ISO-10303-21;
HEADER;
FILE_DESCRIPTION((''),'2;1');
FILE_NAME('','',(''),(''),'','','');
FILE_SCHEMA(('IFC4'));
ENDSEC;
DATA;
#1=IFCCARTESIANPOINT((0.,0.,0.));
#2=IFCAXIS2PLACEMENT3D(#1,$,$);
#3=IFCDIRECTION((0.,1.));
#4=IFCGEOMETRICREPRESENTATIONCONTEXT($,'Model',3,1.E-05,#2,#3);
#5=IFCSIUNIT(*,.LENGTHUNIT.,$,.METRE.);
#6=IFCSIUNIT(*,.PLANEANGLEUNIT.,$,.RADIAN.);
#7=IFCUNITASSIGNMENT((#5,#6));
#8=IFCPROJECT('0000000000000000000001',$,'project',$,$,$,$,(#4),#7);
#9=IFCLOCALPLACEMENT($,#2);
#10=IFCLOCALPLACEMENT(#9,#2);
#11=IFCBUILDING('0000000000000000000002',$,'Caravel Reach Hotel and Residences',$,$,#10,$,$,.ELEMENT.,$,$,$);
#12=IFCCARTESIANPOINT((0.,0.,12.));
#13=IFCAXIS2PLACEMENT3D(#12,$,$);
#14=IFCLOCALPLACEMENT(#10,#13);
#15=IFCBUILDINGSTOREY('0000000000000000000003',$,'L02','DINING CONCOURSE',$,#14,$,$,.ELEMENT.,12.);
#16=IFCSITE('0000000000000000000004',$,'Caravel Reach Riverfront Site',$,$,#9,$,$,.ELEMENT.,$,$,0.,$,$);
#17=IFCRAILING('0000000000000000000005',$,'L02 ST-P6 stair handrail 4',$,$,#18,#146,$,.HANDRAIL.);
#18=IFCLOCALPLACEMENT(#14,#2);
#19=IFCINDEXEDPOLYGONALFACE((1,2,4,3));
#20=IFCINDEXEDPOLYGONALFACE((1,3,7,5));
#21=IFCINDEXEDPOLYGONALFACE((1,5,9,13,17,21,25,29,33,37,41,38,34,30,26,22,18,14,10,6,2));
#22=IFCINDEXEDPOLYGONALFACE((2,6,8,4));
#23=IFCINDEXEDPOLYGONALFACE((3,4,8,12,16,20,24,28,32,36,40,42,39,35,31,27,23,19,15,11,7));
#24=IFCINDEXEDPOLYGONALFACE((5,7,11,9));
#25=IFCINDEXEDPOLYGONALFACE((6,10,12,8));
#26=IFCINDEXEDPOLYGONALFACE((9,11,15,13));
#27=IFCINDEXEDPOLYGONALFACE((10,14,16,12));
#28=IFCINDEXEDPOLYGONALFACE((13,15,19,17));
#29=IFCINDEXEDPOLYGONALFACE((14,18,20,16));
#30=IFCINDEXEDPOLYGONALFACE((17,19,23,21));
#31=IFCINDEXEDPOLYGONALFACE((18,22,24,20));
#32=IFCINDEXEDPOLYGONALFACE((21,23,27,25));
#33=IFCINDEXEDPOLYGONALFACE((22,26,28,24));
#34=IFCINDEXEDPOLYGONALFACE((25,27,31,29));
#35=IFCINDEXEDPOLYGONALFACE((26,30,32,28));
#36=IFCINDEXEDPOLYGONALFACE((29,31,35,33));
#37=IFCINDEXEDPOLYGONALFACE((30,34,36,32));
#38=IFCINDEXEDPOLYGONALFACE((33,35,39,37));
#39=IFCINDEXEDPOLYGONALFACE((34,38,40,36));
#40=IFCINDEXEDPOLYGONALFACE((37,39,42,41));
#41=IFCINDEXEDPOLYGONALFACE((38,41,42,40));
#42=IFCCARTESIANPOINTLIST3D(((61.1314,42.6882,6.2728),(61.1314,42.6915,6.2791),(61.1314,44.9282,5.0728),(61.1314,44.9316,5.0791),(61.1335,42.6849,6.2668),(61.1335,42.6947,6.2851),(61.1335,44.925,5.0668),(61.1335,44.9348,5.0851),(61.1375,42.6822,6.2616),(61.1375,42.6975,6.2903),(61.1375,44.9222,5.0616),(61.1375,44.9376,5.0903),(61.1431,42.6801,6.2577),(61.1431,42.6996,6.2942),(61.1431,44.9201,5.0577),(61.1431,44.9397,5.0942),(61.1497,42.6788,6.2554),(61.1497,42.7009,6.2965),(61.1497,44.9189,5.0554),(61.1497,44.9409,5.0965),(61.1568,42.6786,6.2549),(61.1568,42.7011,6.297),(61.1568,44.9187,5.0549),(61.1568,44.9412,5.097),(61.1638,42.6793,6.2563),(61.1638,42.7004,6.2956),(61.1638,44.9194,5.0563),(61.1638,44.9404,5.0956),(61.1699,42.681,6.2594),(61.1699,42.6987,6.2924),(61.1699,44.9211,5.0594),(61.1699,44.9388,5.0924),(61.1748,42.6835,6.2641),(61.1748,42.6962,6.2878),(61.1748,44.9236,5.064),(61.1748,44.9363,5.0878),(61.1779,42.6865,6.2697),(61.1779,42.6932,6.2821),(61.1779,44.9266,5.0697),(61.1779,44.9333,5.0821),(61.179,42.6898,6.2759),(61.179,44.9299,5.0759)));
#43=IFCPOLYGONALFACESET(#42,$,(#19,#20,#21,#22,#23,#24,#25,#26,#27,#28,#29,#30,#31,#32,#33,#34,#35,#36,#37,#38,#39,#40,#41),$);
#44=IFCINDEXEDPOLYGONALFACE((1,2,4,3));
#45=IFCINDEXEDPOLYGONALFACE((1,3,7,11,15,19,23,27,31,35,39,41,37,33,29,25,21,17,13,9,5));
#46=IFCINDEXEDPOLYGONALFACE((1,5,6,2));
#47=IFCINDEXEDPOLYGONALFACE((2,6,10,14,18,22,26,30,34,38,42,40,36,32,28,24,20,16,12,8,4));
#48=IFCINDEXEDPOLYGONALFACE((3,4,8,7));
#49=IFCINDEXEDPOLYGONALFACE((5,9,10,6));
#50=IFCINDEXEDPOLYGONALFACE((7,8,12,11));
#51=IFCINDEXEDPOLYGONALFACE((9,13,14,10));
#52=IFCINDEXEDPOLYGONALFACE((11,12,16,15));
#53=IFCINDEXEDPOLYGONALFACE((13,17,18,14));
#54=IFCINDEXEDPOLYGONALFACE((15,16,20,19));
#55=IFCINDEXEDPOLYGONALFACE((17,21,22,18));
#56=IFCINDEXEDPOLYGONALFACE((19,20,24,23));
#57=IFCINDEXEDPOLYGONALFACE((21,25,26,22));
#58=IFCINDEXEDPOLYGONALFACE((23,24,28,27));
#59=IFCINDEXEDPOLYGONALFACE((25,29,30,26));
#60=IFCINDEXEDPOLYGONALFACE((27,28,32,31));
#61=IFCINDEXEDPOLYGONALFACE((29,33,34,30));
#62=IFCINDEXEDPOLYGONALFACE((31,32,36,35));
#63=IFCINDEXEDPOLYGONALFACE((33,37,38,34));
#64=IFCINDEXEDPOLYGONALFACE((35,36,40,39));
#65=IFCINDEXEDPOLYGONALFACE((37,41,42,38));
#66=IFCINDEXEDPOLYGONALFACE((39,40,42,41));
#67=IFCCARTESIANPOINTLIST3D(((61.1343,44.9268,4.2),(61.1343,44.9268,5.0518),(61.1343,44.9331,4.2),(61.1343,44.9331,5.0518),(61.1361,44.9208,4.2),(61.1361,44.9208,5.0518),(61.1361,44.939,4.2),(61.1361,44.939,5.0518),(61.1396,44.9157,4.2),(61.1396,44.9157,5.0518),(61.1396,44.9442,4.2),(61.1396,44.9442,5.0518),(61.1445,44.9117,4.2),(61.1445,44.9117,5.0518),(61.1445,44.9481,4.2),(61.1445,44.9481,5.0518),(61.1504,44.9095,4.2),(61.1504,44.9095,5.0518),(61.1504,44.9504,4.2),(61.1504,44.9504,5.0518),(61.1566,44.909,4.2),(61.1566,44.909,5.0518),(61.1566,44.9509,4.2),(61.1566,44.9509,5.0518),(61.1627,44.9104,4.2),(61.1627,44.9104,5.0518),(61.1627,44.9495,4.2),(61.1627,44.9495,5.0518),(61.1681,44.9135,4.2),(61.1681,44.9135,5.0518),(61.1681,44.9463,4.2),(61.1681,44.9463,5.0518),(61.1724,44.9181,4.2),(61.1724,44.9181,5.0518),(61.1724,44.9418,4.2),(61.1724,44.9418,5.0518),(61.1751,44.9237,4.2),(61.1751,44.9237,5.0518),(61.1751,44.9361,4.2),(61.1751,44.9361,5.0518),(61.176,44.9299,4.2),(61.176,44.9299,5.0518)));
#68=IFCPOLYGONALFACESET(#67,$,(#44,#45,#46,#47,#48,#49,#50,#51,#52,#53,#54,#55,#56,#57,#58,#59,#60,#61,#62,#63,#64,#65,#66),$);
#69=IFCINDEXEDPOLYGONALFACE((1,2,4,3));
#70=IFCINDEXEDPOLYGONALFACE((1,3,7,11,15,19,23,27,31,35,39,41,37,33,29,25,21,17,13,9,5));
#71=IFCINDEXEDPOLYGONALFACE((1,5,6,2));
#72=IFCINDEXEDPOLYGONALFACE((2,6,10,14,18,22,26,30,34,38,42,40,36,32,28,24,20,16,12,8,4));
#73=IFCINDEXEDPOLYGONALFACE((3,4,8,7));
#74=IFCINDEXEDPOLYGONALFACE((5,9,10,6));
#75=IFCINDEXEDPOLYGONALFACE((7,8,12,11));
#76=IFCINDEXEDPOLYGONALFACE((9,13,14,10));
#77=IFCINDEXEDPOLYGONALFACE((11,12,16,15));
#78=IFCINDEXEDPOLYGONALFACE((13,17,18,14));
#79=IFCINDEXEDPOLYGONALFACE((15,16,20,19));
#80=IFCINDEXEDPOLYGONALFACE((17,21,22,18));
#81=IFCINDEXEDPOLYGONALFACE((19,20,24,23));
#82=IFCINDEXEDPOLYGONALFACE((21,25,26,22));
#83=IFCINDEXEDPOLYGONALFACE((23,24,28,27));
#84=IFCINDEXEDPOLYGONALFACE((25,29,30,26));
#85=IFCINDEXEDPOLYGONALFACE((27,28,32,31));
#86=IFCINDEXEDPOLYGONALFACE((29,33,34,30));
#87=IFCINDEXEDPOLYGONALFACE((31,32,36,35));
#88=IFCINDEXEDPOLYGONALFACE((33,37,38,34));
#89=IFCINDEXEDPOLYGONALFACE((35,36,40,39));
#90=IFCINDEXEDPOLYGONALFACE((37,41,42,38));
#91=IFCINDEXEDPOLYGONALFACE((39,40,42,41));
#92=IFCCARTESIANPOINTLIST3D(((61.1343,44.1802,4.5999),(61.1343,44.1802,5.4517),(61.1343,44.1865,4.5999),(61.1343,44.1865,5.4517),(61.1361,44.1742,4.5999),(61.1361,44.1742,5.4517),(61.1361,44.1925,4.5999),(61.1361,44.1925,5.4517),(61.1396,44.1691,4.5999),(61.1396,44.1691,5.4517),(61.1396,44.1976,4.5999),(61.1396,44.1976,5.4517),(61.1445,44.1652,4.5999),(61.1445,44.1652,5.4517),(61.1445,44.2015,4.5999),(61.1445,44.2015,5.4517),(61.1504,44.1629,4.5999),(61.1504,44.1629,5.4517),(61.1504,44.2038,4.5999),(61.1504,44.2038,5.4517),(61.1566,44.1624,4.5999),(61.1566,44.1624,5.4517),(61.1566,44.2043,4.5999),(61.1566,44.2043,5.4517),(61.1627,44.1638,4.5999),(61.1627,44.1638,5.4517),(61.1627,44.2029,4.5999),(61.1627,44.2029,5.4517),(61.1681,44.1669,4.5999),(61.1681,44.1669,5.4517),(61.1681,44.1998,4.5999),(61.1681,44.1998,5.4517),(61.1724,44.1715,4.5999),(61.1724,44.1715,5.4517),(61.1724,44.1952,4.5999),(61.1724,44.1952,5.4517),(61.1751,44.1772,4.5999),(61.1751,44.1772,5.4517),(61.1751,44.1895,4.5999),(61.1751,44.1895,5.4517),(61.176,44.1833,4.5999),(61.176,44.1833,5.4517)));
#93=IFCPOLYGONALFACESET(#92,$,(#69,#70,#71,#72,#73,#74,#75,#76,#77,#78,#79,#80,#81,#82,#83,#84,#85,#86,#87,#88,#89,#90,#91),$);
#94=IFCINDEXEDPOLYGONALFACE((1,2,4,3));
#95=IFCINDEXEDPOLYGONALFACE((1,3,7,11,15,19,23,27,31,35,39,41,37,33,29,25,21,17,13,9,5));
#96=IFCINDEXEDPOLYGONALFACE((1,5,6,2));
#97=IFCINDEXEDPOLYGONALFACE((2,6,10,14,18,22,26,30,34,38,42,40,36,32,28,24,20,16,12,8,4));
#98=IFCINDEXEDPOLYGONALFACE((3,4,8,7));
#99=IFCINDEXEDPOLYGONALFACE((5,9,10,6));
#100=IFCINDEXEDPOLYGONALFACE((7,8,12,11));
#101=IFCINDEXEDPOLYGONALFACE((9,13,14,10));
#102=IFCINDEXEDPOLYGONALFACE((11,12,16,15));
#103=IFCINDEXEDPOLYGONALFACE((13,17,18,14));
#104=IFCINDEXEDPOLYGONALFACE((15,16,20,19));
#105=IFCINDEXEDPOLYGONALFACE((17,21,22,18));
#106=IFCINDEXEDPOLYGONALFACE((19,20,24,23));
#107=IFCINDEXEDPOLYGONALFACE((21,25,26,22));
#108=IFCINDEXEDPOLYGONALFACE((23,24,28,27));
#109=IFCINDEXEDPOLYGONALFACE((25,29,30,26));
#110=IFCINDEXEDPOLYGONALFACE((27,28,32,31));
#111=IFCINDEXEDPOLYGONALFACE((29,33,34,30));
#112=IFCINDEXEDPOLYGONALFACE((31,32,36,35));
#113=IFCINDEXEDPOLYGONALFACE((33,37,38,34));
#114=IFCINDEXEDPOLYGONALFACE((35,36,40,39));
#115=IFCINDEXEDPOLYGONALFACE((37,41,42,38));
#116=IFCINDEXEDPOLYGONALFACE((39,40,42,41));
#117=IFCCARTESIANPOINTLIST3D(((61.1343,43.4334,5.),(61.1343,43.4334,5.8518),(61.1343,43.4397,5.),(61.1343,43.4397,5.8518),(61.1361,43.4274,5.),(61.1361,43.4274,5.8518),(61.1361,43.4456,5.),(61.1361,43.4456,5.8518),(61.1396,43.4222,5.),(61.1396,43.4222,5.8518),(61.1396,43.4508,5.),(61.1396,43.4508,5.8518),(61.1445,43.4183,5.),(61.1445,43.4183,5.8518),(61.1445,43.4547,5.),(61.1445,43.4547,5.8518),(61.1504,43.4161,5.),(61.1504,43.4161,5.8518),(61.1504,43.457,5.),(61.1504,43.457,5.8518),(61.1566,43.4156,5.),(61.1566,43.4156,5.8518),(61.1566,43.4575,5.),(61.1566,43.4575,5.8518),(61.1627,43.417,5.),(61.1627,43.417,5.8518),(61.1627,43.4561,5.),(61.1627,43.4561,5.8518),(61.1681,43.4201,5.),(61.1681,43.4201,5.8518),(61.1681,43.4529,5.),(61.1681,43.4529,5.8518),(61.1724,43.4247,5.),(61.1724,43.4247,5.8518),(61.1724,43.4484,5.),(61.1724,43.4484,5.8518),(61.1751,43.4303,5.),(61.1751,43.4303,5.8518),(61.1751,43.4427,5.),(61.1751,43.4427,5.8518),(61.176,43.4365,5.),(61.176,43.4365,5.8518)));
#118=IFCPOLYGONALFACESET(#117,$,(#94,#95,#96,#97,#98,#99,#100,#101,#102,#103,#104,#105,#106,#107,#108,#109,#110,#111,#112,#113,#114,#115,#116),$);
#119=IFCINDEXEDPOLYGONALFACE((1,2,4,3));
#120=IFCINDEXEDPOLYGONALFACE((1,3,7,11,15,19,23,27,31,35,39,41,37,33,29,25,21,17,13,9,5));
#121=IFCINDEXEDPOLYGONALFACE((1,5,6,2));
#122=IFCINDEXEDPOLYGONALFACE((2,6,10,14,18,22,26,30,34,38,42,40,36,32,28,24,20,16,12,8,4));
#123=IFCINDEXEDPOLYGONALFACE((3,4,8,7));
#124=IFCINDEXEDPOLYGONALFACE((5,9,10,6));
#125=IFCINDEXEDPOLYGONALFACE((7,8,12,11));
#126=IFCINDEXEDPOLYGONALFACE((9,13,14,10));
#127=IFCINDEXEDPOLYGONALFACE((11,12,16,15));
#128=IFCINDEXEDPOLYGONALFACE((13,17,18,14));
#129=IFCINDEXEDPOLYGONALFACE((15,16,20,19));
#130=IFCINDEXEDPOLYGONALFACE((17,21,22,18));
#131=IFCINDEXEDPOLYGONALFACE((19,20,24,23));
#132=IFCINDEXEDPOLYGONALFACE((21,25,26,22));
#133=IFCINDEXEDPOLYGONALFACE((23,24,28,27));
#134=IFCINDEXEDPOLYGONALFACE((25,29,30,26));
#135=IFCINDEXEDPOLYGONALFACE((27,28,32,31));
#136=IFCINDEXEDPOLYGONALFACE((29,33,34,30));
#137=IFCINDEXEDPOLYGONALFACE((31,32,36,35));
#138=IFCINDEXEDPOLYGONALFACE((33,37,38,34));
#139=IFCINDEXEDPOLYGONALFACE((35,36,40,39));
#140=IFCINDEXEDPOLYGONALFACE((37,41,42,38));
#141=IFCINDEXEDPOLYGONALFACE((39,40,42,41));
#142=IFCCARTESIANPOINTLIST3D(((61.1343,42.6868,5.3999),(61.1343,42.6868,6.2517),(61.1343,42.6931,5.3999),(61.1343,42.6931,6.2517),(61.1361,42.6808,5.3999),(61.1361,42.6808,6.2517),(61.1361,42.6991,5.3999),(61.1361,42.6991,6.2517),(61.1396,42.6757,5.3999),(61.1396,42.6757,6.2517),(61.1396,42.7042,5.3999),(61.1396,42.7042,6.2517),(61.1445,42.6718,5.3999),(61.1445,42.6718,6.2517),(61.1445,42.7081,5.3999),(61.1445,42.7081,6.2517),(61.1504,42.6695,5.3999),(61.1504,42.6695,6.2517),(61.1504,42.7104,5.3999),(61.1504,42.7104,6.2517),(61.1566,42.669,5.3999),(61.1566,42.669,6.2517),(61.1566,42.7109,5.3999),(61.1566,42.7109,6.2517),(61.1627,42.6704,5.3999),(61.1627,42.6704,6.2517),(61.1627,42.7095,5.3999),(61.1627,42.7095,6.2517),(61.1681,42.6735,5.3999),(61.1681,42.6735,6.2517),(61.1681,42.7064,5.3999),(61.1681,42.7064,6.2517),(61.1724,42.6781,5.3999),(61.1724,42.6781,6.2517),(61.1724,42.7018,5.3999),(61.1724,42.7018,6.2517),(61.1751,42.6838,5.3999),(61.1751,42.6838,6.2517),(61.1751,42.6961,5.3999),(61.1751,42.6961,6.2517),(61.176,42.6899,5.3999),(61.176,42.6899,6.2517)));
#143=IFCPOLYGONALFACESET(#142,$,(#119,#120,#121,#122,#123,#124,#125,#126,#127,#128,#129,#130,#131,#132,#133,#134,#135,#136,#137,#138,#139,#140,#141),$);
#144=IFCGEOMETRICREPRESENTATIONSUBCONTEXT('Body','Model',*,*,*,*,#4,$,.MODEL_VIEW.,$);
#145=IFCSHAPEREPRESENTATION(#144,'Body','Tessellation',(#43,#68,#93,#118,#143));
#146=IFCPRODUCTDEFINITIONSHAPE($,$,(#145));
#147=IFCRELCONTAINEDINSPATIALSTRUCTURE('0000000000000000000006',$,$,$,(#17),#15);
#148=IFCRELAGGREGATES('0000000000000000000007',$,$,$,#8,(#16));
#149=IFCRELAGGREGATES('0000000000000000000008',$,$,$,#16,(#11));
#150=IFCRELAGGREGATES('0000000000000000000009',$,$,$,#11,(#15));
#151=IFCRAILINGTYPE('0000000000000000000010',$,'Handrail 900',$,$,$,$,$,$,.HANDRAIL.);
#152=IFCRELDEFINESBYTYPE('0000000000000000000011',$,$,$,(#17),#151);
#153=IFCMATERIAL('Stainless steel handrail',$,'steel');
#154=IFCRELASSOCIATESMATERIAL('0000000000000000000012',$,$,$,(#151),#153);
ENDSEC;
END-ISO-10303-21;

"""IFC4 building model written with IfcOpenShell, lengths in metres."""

from ifc_helpers import new_model, si_unit, direction, frame, origin, origin_2d, place, context, subcontext, project, spatial, circle, extrude, material, type_object, element, save


model = new_model("IFC4")

# Units and contexts
model_context = context("Model", 3, precision=1e-05, world=origin(), true_north=direction((0.0, 1.0)))
body_context = subcontext(model_context, "Body", "Model", "MODEL_VIEW")
ifc_project = project(units=[si_unit("LENGTHUNIT", "METRE"), si_unit("PLANEANGLEUNIT", "RADIAN")], contexts=[model_context])

# Site, building, storey
site_placement = place(None, origin())
site = spatial("IfcSite", under=ifc_project, at=site_placement, Name="Caravel Reach Riverfront Site", CompositionType="ELEMENT", RefElevation=0.0)
building_placement = place(site_placement, origin())
building = spatial("IfcBuilding", under=site, at=building_placement, Name="Caravel Reach Hotel and Residences", CompositionType="ELEMENT")
storey_placement = place(building_placement, frame((0.0, 0.0, 12.0)))
storey = spatial("IfcBuildingStorey", under=building, at=storey_placement, Name="L02", Description="DINING CONCOURSE", CompositionType="ELEMENT", Elevation=12.0)

# Railing
ifc_material_1 = material(Name="Stainless steel handrail", Category="steel")
railing_type_1 = type_object("IfcRailingType", Name="Handrail 900", PredefinedType="HANDRAIL", material=ifc_material_1)
railing_1_placement = place(storey_placement, frame((61.155, 44.9299, 4.2)))
element("IfcRailing", 1, at=railing_1_placement, inside=storey, type_object=railing_type_1, Name="L02 ST-P6 stair handrail 4", PredefinedType="HANDRAIL", context=body_context, shape_type="SweptSolid", body=[
    extrude(circle(Radius=0.0239, at=origin_2d()), frame((0.0, 0.0, 0.876), z_axis=(0.0, -0.881487, 0.472208), x_axis=(1.0, 0.0, 0.0)), (0.0, 0.0, 1.0), 2.5413),
    extrude(circle(Radius=0.021, at=origin_2d()), origin(), (0.0, 0.0, 1.0), 0.8518),
    extrude(circle(Radius=0.021, at=origin_2d()), frame((0.0, -0.7466, 0.3999)), (0.0, 0.0, 1.0), 0.8518),
    extrude(circle(Radius=0.021, at=origin_2d()), frame((0.0, -1.4934, 0.8)), (0.0, 0.0, 1.0), 0.8518),
    extrude(circle(Radius=0.021, at=origin_2d()), frame((0.0, -2.24, 1.2)), (0.0, 0.0, 1.0), 0.8518),
])

save(model, "model.ifc")
